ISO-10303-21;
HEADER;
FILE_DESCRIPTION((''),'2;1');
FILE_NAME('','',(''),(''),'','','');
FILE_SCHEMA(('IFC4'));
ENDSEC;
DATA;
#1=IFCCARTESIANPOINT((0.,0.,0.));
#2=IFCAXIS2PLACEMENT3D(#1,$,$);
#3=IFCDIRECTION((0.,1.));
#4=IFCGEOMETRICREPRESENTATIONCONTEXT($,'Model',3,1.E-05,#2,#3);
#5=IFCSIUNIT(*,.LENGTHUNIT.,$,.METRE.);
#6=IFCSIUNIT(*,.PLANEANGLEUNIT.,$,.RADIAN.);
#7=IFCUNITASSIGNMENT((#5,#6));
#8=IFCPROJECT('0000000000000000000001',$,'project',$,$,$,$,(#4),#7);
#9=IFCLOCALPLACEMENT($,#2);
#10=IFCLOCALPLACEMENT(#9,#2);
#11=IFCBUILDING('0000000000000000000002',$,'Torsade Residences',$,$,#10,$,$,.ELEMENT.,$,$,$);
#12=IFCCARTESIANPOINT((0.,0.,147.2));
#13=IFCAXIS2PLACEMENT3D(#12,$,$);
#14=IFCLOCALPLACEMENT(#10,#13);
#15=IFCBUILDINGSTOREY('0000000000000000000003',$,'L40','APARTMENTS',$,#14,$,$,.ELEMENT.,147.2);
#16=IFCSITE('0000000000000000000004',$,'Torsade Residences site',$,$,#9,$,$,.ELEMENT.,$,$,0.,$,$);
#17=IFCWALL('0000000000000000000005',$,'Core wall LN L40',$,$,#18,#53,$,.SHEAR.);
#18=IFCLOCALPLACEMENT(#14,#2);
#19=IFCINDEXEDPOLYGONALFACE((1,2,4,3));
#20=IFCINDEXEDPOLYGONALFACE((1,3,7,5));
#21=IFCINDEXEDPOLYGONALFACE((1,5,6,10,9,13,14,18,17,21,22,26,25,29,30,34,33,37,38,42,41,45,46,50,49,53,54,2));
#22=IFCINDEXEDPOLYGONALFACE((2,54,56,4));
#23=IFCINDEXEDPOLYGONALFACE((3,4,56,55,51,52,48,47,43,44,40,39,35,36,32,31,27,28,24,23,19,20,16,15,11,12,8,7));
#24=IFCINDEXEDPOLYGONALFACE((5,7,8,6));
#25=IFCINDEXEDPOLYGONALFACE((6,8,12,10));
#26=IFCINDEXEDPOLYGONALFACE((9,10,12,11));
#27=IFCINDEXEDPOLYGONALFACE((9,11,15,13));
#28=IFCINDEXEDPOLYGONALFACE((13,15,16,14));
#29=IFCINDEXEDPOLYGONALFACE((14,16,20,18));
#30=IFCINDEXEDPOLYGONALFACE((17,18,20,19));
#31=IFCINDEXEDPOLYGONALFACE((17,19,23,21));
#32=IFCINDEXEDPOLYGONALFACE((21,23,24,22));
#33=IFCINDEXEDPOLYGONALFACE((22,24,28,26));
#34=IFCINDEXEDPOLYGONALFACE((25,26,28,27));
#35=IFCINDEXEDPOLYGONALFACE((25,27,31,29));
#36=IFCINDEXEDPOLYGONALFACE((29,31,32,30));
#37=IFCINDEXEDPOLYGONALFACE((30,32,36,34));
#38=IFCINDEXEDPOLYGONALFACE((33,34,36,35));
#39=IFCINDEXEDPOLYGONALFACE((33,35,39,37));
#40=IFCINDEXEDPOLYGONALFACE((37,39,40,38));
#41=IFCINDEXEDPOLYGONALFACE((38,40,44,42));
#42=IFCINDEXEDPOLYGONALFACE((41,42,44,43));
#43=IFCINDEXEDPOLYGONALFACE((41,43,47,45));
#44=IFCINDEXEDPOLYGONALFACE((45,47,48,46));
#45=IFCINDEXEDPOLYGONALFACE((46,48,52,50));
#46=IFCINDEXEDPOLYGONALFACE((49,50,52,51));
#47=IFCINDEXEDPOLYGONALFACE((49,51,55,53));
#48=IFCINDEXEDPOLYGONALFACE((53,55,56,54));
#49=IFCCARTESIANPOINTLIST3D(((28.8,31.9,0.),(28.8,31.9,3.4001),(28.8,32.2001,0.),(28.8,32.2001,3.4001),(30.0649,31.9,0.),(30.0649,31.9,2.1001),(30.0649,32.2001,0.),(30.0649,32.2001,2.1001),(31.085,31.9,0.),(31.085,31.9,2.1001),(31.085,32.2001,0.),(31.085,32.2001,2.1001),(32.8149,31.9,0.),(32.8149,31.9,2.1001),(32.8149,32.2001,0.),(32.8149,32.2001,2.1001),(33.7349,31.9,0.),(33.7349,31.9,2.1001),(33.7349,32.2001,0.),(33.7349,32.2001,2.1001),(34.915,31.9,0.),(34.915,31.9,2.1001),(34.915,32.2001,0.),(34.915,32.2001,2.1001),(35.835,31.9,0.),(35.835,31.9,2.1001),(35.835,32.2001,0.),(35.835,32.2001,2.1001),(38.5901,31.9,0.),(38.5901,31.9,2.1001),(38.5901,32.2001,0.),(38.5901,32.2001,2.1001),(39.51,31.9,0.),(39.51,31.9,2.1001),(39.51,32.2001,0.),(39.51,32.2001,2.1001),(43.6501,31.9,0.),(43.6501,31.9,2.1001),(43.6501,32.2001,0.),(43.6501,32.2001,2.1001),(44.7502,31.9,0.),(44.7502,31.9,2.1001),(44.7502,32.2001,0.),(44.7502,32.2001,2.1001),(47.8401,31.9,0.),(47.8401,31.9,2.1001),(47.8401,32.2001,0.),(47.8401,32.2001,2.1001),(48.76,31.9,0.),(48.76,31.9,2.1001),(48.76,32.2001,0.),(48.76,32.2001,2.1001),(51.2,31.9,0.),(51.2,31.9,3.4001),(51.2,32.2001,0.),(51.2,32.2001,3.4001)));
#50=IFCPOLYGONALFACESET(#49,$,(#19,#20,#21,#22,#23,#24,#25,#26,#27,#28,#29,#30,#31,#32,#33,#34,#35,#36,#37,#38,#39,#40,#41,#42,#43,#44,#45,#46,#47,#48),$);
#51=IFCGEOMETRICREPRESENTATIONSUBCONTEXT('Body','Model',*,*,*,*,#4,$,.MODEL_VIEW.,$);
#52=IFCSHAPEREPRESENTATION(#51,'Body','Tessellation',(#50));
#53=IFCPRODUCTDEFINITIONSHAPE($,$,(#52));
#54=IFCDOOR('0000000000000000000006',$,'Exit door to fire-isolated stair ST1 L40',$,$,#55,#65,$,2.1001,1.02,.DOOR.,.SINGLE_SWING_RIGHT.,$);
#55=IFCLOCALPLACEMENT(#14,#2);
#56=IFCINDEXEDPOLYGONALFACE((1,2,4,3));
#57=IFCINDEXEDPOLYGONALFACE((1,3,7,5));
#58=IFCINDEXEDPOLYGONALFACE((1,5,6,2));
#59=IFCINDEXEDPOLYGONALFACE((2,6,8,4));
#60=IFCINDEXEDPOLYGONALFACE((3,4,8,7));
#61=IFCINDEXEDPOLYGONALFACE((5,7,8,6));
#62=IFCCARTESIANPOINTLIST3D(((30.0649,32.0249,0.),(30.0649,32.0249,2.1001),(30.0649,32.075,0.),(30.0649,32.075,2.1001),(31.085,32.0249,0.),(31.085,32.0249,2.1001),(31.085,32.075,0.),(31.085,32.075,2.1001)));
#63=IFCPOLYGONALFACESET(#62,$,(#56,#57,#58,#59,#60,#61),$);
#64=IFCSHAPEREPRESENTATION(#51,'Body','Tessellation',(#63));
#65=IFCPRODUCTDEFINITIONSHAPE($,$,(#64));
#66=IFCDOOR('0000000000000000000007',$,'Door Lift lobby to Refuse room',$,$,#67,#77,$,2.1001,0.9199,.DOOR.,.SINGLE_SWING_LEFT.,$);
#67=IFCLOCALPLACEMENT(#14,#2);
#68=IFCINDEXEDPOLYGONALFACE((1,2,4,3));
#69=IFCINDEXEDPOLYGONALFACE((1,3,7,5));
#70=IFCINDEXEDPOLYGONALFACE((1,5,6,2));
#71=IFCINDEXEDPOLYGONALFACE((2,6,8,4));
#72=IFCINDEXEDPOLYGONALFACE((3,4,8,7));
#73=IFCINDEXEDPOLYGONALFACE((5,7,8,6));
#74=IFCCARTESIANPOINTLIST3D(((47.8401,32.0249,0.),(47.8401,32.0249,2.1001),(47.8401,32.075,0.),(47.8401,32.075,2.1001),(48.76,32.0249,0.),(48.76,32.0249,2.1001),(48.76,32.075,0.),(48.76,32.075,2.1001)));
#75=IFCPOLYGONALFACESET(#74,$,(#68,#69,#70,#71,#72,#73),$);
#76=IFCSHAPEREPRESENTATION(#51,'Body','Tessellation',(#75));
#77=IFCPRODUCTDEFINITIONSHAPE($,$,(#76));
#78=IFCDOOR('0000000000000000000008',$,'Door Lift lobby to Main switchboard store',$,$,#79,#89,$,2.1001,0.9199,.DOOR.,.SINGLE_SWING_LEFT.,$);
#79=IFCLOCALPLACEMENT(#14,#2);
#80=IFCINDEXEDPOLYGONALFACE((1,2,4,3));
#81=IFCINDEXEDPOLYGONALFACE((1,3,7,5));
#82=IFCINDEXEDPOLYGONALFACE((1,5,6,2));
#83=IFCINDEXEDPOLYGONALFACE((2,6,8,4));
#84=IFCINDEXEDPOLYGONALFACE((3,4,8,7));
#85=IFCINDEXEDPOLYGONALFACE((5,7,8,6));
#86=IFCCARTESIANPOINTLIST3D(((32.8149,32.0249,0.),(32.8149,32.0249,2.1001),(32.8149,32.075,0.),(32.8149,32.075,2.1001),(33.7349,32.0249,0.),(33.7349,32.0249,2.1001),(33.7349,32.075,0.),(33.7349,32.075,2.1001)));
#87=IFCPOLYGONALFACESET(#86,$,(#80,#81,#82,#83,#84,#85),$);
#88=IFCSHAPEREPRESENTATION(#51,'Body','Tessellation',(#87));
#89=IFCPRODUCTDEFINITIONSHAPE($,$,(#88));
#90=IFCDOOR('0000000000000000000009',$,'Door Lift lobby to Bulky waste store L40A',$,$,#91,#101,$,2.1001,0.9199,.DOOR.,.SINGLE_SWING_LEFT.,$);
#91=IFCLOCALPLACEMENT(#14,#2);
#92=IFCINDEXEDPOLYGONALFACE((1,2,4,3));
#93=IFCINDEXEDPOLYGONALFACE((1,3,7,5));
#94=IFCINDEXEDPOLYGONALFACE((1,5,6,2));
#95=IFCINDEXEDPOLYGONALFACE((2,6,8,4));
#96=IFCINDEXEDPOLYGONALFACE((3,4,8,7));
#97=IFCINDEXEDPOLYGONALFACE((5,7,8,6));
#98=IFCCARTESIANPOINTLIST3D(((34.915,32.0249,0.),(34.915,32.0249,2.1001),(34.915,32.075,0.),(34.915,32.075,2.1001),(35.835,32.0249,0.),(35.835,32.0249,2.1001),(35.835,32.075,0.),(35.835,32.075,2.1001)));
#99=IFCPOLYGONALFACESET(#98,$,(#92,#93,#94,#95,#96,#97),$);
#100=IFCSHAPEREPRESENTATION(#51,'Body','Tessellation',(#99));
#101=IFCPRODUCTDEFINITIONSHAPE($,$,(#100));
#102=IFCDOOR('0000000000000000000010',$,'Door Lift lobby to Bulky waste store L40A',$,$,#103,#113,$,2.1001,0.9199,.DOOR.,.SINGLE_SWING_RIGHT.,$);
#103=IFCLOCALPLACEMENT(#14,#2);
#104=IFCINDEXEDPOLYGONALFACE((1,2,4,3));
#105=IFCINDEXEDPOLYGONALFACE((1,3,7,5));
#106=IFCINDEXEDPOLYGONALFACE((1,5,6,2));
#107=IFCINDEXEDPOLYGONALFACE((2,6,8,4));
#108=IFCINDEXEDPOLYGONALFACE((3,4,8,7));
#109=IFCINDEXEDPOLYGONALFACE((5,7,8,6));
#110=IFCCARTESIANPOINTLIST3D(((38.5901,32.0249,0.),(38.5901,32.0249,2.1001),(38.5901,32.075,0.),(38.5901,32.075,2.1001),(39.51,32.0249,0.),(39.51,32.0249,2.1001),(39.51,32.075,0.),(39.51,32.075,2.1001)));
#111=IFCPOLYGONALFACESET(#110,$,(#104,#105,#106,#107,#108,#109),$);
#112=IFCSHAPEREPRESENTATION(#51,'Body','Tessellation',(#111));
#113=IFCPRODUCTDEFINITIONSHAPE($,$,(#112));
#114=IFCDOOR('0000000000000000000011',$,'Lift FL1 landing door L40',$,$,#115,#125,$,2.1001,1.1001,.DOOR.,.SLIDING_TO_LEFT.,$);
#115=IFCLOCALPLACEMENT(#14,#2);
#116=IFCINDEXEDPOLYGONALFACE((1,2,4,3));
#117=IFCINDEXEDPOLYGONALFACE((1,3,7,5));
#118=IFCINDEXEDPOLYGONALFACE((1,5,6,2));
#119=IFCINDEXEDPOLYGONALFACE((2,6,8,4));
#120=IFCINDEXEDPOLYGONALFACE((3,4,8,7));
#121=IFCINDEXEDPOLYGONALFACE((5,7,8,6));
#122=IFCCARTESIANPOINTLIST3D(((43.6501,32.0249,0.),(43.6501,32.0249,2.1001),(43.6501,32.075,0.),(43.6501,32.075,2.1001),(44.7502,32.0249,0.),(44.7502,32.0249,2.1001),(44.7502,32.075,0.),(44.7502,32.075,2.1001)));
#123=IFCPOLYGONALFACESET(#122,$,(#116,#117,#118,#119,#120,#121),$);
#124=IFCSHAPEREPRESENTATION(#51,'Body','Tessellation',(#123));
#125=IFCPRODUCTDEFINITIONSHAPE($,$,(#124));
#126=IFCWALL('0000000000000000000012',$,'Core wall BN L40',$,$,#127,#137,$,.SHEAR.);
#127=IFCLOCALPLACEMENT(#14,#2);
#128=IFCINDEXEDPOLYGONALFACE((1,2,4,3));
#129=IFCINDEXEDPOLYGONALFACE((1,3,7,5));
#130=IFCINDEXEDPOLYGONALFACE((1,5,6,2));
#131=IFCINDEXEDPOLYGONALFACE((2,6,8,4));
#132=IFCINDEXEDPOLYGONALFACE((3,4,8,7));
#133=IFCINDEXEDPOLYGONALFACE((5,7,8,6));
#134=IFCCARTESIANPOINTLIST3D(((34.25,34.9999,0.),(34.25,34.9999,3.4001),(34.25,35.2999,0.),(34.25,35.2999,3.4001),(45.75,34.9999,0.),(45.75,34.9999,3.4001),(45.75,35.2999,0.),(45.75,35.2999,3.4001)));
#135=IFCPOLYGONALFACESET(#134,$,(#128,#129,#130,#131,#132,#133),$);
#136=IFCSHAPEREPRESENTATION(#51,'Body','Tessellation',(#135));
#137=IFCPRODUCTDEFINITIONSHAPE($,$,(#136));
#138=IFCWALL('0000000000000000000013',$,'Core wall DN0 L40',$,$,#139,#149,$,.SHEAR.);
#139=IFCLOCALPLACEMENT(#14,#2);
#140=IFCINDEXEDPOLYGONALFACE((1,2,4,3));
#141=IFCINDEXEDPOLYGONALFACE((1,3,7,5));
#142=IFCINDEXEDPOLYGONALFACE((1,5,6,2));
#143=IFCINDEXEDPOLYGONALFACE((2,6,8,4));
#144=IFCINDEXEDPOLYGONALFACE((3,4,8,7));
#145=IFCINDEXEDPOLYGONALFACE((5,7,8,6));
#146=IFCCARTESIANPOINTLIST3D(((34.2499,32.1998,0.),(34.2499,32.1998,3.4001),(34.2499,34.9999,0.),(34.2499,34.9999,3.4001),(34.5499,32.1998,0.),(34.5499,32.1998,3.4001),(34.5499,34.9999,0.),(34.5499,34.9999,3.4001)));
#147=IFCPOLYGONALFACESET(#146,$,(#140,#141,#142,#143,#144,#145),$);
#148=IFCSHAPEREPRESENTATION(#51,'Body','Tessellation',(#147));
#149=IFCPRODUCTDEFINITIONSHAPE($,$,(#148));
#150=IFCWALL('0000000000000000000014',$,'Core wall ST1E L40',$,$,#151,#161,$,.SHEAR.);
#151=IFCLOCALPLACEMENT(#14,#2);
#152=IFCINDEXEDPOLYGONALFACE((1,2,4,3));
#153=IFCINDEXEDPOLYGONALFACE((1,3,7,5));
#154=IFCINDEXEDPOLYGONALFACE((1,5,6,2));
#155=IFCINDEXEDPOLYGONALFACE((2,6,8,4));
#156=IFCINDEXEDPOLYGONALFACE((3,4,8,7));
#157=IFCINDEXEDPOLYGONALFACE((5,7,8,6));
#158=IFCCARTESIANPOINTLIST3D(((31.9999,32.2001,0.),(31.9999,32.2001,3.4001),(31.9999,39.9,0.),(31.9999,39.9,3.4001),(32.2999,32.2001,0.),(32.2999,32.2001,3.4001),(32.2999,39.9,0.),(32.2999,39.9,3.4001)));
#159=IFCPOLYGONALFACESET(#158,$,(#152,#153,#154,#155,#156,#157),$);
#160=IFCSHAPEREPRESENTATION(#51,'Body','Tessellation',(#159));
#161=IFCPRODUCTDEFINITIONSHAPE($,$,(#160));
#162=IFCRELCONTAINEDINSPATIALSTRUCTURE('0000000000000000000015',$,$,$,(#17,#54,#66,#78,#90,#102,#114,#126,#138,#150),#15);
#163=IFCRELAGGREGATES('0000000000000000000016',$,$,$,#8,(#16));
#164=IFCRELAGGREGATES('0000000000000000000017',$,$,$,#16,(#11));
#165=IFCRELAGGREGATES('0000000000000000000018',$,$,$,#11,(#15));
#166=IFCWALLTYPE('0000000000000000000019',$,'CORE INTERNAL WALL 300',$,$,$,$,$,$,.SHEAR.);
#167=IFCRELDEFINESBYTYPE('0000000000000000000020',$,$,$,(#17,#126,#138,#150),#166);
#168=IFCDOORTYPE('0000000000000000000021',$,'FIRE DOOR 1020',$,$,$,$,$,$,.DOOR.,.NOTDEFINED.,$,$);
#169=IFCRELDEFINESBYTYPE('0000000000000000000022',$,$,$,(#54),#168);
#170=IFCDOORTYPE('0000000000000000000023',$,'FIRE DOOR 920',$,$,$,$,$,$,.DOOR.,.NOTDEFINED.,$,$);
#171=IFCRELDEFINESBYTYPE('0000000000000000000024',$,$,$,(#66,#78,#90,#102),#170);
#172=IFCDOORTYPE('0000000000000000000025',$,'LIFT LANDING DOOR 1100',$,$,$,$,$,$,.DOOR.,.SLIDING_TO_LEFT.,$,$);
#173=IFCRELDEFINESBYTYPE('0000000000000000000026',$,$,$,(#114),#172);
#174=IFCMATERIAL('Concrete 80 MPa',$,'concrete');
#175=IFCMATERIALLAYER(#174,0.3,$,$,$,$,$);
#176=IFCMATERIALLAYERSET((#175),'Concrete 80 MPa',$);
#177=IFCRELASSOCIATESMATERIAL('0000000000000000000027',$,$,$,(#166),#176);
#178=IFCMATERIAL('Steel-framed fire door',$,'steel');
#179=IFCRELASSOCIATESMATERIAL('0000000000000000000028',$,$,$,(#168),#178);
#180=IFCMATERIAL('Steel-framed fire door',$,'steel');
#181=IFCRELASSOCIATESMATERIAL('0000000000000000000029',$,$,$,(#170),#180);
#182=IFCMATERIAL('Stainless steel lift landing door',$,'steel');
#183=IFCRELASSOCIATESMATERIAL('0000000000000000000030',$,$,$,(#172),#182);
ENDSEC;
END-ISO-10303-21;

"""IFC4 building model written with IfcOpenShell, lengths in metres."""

from ifc_helpers import new_model, si_unit, direction, frame, frame_2d, origin, place, context, subcontext, project, spatial, rectangle, extrude, material, layer, layer_set, type_object, element, fill, save


model = new_model("IFC4")

# Units and contexts
model_context = context("Model", 3, precision=1e-05, world=origin(), true_north=direction((0.0, 1.0)))
body_context = subcontext(model_context, "Body", "Model", "MODEL_VIEW")
ifc_project = project(units=[si_unit("LENGTHUNIT", "METRE"), si_unit("PLANEANGLEUNIT", "RADIAN")], contexts=[model_context])

# Site, building, storey
site_placement = place(None, origin())
site = spatial("IfcSite", under=ifc_project, at=site_placement, Name="Torsade Residences site", CompositionType="ELEMENT", RefElevation=0.0)
building_placement = place(site_placement, origin())
building = spatial("IfcBuilding", under=site, at=building_placement, Name="Torsade Residences", CompositionType="ELEMENT")
storey_placement = place(building_placement, frame((0.0, 0.0, 147.2)))
storey = spatial("IfcBuildingStorey", under=building, at=storey_placement, Name="L40", Description="APARTMENTS", CompositionType="ELEMENT", Elevation=147.2)

# Wall, openings, doors
ifc_material_1 = material(Name="Concrete 80 MPa", Category="concrete")
ifc_layer_1 = layer(ifc_material_1, 0.3)
ifc_layer_set_1 = layer_set([ifc_layer_1], Name="Concrete 80 MPa")
wall_type_1 = type_object("IfcWallType", Name="CORE INTERNAL WALL 300", PredefinedType="SHEAR", material=ifc_layer_set_1)
wall_1_placement = place(storey_placement, frame((28.8, 32.05, 0.0), z_axis=(0.0, 0.0, 1.0), x_axis=(1.0, 0.0, 0.0)))
wall_1 = element("IfcWall", 1, at=wall_1_placement, inside=storey, type_object=wall_type_1, Name="Core wall LN L40", PredefinedType="SHEAR", context=body_context, shape_type="SweptSolid", body=[
    extrude(rectangle(XDim=22.3999, YDim=0.3, at=frame_2d((11.2, 0.0))), origin(), (0.0, 0.0, 1.0), 3.4001),
])
opening_1_placement = place(wall_1_placement, frame((19.04, 0.0, 0.0)))
opening_1 = element("IfcOpeningElement", 2, at=opening_1_placement, cuts=wall_1, PredefinedType="OPENING", context=body_context, shape_type="SweptSolid", body=[
    extrude(rectangle(XDim=0.9199, YDim=2.1001, at=frame_2d((0.46, 1.05))), frame((0.0, 0.1599, 0.0), z_axis=(0.0, -1.0, 0.0), x_axis=(1.0, 0.0, 0.0)), (0.0, 0.0, 1.0), 0.3201),
])
opening_2_placement = place(wall_1_placement, frame((1.2649, 0.0, 0.0)))
opening_2 = element("IfcOpeningElement", 3, at=opening_2_placement, cuts=wall_1, PredefinedType="OPENING", context=body_context, shape_type="SweptSolid", body=[
    extrude(rectangle(XDim=1.02, YDim=2.1001, at=frame_2d((0.51, 1.05))), frame((0.0, 0.1599, 0.0), z_axis=(0.0, -1.0, 0.0), x_axis=(1.0, 0.0, 0.0)), (0.0, 0.0, 1.0), 0.3201),
])
opening_3_placement = place(wall_1_placement, frame((4.0149, 0.0, 0.0)))
opening_3 = element("IfcOpeningElement", 4, at=opening_3_placement, cuts=wall_1, PredefinedType="OPENING", context=body_context, shape_type="SweptSolid", body=[
    extrude(rectangle(XDim=0.9199, YDim=2.1001, at=frame_2d((0.46, 1.05))), frame((0.0, 0.1599, 0.0), z_axis=(0.0, -1.0, 0.0), x_axis=(1.0, 0.0, 0.0)), (0.0, 0.0, 1.0), 0.3201),
])
opening_4_placement = place(wall_1_placement, frame((6.115, 0.0, 0.0)))
opening_4 = element("IfcOpeningElement", 5, at=opening_4_placement, cuts=wall_1, PredefinedType="OPENING", context=body_context, shape_type="SweptSolid", body=[
    extrude(rectangle(XDim=0.9199, YDim=2.1001, at=frame_2d((0.46, 1.05))), frame((0.0, 0.1599, 0.0), z_axis=(0.0, -1.0, 0.0), x_axis=(1.0, 0.0, 0.0)), (0.0, 0.0, 1.0), 0.3201),
])
opening_5_placement = place(wall_1_placement, frame((9.79, 0.0, 0.0)))
opening_5 = element("IfcOpeningElement", 6, at=opening_5_placement, cuts=wall_1, PredefinedType="OPENING", context=body_context, shape_type="SweptSolid", body=[
    extrude(rectangle(XDim=0.9199, YDim=2.1001, at=frame_2d((0.46, 1.05))), frame((0.0, 0.1599, 0.0), z_axis=(0.0, -1.0, 0.0), x_axis=(1.0, 0.0, 0.0)), (0.0, 0.0, 1.0), 0.3201),
])
opening_6_placement = place(wall_1_placement, frame((14.8501, 0.0, 0.0)))
opening_6 = element("IfcOpeningElement", 7, at=opening_6_placement, cuts=wall_1, PredefinedType="OPENING", context=body_context, shape_type="SweptSolid", body=[
    extrude(rectangle(XDim=1.1001, YDim=2.1001, at=frame_2d((0.55, 1.05))), frame((0.0, 0.1599, 0.0), z_axis=(0.0, -1.0, 0.0), x_axis=(1.0, 0.0, 0.0)), (0.0, 0.0, 1.0), 0.3201),
])
ifc_material_2 = material(Name="Steel-framed fire door", Category="steel")
door_type_1 = type_object("IfcDoorType", Name="FIRE DOOR 1020", OperationType="NOTDEFINED", PredefinedType="DOOR", material=ifc_material_2)
door_1_placement = place(opening_2_placement, origin())
door_1 = element("IfcDoor", 8, at=door_1_placement, inside=storey, type_object=door_type_1, Name="Exit door to fire-isolated stair ST1 L40", OperationType="SINGLE_SWING_RIGHT", OverallHeight=2.1001, OverallWidth=1.02, PredefinedType="DOOR", context=body_context, shape_type="SweptSolid", body=[
    extrude(rectangle(XDim=1.02, YDim=2.1001, at=frame_2d((0.51, 1.05))), frame((0.0, 0.0249, 0.0), z_axis=(0.0, -1.0, 0.0), x_axis=(1.0, 0.0, 0.0)), (0.0, 0.0, 1.0), 0.05),
])
fill(opening_2, door_1)
ifc_material_3 = material(Name="Steel-framed fire door", Category="steel")
door_type_2 = type_object("IfcDoorType", Name="FIRE DOOR 920", OperationType="NOTDEFINED", PredefinedType="DOOR", material=ifc_material_3)
door_2_placement = place(opening_1_placement, origin())
door_2 = element("IfcDoor", 9, at=door_2_placement, inside=storey, type_object=door_type_2, Name="Door Lift lobby to Refuse room", OperationType="SINGLE_SWING_LEFT", OverallHeight=2.1001, OverallWidth=0.9199, PredefinedType="DOOR", context=body_context, shape_type="SweptSolid", body=[
    extrude(rectangle(XDim=0.9199, YDim=2.1001, at=frame_2d((0.46, 1.05))), frame((0.0, 0.0249, 0.0), z_axis=(0.0, -1.0, 0.0), x_axis=(1.0, 0.0, 0.0)), (0.0, 0.0, 1.0), 0.05),
])
fill(opening_1, door_2)
door_3_placement = place(opening_3_placement, origin())
door_3 = element("IfcDoor", 10, at=door_3_placement, inside=storey, type_object=door_type_2, Name="Door Lift lobby to Main switchboard store", OperationType="SINGLE_SWING_LEFT", OverallHeight=2.1001, OverallWidth=0.9199, PredefinedType="DOOR", context=body_context, shape_type="SweptSolid", body=[
    extrude(rectangle(XDim=0.9199, YDim=2.1001, at=frame_2d((0.46, 1.05))), frame((0.0, 0.0249, 0.0), z_axis=(0.0, -1.0, 0.0), x_axis=(1.0, 0.0, 0.0)), (0.0, 0.0, 1.0), 0.05),
])
fill(opening_3, door_3)
door_4_placement = place(opening_4_placement, origin())
door_4 = element("IfcDoor", 11, at=door_4_placement, inside=storey, type_object=door_type_2, Name="Door Lift lobby to Bulky waste store L40A", OperationType="SINGLE_SWING_LEFT", OverallHeight=2.1001, OverallWidth=0.9199, PredefinedType="DOOR", context=body_context, shape_type="SweptSolid", body=[
    extrude(rectangle(XDim=0.9199, YDim=2.1001, at=frame_2d((0.46, 1.05))), frame((0.0, 0.0249, 0.0), z_axis=(0.0, -1.0, 0.0), x_axis=(1.0, 0.0, 0.0)), (0.0, 0.0, 1.0), 0.05),
])
fill(opening_4, door_4)
door_5_placement = place(opening_5_placement, origin())
door_5 = element("IfcDoor", 12, at=door_5_placement, inside=storey, type_object=door_type_2, Name="Door Lift lobby to Bulky waste store L40A", OperationType="SINGLE_SWING_RIGHT", OverallHeight=2.1001, OverallWidth=0.9199, PredefinedType="DOOR", context=body_context, shape_type="SweptSolid", body=[
    extrude(rectangle(XDim=0.9199, YDim=2.1001, at=frame_2d((0.46, 1.05))), frame((0.0, 0.0249, 0.0), z_axis=(0.0, -1.0, 0.0), x_axis=(1.0, 0.0, 0.0)), (0.0, 0.0, 1.0), 0.05),
])
fill(opening_5, door_5)
ifc_material_4 = material(Name="Stainless steel lift landing door", Category="steel")
door_type_3 = type_object("IfcDoorType", Name="LIFT LANDING DOOR 1100", OperationType="SLIDING_TO_LEFT", PredefinedType="DOOR", material=ifc_material_4)
door_6_placement = place(opening_6_placement, origin())
door_6 = element("IfcDoor", 13, at=door_6_placement, inside=storey, type_object=door_type_3, Name="Lift FL1 landing door L40", OperationType="SLIDING_TO_LEFT", OverallHeight=2.1001, OverallWidth=1.1001, PredefinedType="DOOR", context=body_context, shape_type="SweptSolid", body=[
    extrude(rectangle(XDim=1.1001, YDim=2.1001, at=frame_2d((0.55, 1.05))), frame((0.0, 0.0249, 0.0), z_axis=(0.0, -1.0, 0.0), x_axis=(1.0, 0.0, 0.0)), (0.0, 0.0, 1.0), 0.05),
])
fill(opening_6, door_6)

# Walls
wall_2_placement = place(storey_placement, frame((34.25, 35.1499, 0.0), z_axis=(0.0, 0.0, 1.0), x_axis=(1.0, 0.0, 0.0)))
element("IfcWall", 14, at=wall_2_placement, inside=storey, type_object=wall_type_1, Name="Core wall BN L40", PredefinedType="SHEAR", context=body_context, shape_type="SweptSolid", body=[
    extrude(rectangle(XDim=11.5, YDim=0.3, at=frame_2d((5.75, 0.0))), origin(), (0.0, 0.0, 1.0), 3.4001),
])
wall_3_placement = place(storey_placement, frame((34.3999, 32.2, 0.0), z_axis=(0.0, 0.0, 1.0), x_axis=(0.0, 1.0, 0.0)))
element("IfcWall", 15, at=wall_3_placement, inside=storey, type_object=wall_type_1, Name="Core wall DN0 L40", PredefinedType="SHEAR", context=body_context, shape_type="SweptSolid", body=[
    extrude(rectangle(XDim=2.8, YDim=0.3, at=frame_2d((1.3999, 0.0))), origin(), (0.0, 0.0, 1.0), 3.4001),
])
wall_4_placement = place(storey_placement, frame((32.1499, 32.2, 0.0), z_axis=(0.0, 0.0, 1.0), x_axis=(0.0, 1.0, 0.0)))
element("IfcWall", 16, at=wall_4_placement, inside=storey, type_object=wall_type_1, Name="Core wall ST1E L40", PredefinedType="SHEAR", context=body_context, shape_type="SweptSolid", body=[
    extrude(rectangle(XDim=7.7, YDim=0.3, at=frame_2d((3.8501, 0.0))), origin(), (0.0, 0.0, 1.0), 3.4001),
])

save(model, "model.ifc")
